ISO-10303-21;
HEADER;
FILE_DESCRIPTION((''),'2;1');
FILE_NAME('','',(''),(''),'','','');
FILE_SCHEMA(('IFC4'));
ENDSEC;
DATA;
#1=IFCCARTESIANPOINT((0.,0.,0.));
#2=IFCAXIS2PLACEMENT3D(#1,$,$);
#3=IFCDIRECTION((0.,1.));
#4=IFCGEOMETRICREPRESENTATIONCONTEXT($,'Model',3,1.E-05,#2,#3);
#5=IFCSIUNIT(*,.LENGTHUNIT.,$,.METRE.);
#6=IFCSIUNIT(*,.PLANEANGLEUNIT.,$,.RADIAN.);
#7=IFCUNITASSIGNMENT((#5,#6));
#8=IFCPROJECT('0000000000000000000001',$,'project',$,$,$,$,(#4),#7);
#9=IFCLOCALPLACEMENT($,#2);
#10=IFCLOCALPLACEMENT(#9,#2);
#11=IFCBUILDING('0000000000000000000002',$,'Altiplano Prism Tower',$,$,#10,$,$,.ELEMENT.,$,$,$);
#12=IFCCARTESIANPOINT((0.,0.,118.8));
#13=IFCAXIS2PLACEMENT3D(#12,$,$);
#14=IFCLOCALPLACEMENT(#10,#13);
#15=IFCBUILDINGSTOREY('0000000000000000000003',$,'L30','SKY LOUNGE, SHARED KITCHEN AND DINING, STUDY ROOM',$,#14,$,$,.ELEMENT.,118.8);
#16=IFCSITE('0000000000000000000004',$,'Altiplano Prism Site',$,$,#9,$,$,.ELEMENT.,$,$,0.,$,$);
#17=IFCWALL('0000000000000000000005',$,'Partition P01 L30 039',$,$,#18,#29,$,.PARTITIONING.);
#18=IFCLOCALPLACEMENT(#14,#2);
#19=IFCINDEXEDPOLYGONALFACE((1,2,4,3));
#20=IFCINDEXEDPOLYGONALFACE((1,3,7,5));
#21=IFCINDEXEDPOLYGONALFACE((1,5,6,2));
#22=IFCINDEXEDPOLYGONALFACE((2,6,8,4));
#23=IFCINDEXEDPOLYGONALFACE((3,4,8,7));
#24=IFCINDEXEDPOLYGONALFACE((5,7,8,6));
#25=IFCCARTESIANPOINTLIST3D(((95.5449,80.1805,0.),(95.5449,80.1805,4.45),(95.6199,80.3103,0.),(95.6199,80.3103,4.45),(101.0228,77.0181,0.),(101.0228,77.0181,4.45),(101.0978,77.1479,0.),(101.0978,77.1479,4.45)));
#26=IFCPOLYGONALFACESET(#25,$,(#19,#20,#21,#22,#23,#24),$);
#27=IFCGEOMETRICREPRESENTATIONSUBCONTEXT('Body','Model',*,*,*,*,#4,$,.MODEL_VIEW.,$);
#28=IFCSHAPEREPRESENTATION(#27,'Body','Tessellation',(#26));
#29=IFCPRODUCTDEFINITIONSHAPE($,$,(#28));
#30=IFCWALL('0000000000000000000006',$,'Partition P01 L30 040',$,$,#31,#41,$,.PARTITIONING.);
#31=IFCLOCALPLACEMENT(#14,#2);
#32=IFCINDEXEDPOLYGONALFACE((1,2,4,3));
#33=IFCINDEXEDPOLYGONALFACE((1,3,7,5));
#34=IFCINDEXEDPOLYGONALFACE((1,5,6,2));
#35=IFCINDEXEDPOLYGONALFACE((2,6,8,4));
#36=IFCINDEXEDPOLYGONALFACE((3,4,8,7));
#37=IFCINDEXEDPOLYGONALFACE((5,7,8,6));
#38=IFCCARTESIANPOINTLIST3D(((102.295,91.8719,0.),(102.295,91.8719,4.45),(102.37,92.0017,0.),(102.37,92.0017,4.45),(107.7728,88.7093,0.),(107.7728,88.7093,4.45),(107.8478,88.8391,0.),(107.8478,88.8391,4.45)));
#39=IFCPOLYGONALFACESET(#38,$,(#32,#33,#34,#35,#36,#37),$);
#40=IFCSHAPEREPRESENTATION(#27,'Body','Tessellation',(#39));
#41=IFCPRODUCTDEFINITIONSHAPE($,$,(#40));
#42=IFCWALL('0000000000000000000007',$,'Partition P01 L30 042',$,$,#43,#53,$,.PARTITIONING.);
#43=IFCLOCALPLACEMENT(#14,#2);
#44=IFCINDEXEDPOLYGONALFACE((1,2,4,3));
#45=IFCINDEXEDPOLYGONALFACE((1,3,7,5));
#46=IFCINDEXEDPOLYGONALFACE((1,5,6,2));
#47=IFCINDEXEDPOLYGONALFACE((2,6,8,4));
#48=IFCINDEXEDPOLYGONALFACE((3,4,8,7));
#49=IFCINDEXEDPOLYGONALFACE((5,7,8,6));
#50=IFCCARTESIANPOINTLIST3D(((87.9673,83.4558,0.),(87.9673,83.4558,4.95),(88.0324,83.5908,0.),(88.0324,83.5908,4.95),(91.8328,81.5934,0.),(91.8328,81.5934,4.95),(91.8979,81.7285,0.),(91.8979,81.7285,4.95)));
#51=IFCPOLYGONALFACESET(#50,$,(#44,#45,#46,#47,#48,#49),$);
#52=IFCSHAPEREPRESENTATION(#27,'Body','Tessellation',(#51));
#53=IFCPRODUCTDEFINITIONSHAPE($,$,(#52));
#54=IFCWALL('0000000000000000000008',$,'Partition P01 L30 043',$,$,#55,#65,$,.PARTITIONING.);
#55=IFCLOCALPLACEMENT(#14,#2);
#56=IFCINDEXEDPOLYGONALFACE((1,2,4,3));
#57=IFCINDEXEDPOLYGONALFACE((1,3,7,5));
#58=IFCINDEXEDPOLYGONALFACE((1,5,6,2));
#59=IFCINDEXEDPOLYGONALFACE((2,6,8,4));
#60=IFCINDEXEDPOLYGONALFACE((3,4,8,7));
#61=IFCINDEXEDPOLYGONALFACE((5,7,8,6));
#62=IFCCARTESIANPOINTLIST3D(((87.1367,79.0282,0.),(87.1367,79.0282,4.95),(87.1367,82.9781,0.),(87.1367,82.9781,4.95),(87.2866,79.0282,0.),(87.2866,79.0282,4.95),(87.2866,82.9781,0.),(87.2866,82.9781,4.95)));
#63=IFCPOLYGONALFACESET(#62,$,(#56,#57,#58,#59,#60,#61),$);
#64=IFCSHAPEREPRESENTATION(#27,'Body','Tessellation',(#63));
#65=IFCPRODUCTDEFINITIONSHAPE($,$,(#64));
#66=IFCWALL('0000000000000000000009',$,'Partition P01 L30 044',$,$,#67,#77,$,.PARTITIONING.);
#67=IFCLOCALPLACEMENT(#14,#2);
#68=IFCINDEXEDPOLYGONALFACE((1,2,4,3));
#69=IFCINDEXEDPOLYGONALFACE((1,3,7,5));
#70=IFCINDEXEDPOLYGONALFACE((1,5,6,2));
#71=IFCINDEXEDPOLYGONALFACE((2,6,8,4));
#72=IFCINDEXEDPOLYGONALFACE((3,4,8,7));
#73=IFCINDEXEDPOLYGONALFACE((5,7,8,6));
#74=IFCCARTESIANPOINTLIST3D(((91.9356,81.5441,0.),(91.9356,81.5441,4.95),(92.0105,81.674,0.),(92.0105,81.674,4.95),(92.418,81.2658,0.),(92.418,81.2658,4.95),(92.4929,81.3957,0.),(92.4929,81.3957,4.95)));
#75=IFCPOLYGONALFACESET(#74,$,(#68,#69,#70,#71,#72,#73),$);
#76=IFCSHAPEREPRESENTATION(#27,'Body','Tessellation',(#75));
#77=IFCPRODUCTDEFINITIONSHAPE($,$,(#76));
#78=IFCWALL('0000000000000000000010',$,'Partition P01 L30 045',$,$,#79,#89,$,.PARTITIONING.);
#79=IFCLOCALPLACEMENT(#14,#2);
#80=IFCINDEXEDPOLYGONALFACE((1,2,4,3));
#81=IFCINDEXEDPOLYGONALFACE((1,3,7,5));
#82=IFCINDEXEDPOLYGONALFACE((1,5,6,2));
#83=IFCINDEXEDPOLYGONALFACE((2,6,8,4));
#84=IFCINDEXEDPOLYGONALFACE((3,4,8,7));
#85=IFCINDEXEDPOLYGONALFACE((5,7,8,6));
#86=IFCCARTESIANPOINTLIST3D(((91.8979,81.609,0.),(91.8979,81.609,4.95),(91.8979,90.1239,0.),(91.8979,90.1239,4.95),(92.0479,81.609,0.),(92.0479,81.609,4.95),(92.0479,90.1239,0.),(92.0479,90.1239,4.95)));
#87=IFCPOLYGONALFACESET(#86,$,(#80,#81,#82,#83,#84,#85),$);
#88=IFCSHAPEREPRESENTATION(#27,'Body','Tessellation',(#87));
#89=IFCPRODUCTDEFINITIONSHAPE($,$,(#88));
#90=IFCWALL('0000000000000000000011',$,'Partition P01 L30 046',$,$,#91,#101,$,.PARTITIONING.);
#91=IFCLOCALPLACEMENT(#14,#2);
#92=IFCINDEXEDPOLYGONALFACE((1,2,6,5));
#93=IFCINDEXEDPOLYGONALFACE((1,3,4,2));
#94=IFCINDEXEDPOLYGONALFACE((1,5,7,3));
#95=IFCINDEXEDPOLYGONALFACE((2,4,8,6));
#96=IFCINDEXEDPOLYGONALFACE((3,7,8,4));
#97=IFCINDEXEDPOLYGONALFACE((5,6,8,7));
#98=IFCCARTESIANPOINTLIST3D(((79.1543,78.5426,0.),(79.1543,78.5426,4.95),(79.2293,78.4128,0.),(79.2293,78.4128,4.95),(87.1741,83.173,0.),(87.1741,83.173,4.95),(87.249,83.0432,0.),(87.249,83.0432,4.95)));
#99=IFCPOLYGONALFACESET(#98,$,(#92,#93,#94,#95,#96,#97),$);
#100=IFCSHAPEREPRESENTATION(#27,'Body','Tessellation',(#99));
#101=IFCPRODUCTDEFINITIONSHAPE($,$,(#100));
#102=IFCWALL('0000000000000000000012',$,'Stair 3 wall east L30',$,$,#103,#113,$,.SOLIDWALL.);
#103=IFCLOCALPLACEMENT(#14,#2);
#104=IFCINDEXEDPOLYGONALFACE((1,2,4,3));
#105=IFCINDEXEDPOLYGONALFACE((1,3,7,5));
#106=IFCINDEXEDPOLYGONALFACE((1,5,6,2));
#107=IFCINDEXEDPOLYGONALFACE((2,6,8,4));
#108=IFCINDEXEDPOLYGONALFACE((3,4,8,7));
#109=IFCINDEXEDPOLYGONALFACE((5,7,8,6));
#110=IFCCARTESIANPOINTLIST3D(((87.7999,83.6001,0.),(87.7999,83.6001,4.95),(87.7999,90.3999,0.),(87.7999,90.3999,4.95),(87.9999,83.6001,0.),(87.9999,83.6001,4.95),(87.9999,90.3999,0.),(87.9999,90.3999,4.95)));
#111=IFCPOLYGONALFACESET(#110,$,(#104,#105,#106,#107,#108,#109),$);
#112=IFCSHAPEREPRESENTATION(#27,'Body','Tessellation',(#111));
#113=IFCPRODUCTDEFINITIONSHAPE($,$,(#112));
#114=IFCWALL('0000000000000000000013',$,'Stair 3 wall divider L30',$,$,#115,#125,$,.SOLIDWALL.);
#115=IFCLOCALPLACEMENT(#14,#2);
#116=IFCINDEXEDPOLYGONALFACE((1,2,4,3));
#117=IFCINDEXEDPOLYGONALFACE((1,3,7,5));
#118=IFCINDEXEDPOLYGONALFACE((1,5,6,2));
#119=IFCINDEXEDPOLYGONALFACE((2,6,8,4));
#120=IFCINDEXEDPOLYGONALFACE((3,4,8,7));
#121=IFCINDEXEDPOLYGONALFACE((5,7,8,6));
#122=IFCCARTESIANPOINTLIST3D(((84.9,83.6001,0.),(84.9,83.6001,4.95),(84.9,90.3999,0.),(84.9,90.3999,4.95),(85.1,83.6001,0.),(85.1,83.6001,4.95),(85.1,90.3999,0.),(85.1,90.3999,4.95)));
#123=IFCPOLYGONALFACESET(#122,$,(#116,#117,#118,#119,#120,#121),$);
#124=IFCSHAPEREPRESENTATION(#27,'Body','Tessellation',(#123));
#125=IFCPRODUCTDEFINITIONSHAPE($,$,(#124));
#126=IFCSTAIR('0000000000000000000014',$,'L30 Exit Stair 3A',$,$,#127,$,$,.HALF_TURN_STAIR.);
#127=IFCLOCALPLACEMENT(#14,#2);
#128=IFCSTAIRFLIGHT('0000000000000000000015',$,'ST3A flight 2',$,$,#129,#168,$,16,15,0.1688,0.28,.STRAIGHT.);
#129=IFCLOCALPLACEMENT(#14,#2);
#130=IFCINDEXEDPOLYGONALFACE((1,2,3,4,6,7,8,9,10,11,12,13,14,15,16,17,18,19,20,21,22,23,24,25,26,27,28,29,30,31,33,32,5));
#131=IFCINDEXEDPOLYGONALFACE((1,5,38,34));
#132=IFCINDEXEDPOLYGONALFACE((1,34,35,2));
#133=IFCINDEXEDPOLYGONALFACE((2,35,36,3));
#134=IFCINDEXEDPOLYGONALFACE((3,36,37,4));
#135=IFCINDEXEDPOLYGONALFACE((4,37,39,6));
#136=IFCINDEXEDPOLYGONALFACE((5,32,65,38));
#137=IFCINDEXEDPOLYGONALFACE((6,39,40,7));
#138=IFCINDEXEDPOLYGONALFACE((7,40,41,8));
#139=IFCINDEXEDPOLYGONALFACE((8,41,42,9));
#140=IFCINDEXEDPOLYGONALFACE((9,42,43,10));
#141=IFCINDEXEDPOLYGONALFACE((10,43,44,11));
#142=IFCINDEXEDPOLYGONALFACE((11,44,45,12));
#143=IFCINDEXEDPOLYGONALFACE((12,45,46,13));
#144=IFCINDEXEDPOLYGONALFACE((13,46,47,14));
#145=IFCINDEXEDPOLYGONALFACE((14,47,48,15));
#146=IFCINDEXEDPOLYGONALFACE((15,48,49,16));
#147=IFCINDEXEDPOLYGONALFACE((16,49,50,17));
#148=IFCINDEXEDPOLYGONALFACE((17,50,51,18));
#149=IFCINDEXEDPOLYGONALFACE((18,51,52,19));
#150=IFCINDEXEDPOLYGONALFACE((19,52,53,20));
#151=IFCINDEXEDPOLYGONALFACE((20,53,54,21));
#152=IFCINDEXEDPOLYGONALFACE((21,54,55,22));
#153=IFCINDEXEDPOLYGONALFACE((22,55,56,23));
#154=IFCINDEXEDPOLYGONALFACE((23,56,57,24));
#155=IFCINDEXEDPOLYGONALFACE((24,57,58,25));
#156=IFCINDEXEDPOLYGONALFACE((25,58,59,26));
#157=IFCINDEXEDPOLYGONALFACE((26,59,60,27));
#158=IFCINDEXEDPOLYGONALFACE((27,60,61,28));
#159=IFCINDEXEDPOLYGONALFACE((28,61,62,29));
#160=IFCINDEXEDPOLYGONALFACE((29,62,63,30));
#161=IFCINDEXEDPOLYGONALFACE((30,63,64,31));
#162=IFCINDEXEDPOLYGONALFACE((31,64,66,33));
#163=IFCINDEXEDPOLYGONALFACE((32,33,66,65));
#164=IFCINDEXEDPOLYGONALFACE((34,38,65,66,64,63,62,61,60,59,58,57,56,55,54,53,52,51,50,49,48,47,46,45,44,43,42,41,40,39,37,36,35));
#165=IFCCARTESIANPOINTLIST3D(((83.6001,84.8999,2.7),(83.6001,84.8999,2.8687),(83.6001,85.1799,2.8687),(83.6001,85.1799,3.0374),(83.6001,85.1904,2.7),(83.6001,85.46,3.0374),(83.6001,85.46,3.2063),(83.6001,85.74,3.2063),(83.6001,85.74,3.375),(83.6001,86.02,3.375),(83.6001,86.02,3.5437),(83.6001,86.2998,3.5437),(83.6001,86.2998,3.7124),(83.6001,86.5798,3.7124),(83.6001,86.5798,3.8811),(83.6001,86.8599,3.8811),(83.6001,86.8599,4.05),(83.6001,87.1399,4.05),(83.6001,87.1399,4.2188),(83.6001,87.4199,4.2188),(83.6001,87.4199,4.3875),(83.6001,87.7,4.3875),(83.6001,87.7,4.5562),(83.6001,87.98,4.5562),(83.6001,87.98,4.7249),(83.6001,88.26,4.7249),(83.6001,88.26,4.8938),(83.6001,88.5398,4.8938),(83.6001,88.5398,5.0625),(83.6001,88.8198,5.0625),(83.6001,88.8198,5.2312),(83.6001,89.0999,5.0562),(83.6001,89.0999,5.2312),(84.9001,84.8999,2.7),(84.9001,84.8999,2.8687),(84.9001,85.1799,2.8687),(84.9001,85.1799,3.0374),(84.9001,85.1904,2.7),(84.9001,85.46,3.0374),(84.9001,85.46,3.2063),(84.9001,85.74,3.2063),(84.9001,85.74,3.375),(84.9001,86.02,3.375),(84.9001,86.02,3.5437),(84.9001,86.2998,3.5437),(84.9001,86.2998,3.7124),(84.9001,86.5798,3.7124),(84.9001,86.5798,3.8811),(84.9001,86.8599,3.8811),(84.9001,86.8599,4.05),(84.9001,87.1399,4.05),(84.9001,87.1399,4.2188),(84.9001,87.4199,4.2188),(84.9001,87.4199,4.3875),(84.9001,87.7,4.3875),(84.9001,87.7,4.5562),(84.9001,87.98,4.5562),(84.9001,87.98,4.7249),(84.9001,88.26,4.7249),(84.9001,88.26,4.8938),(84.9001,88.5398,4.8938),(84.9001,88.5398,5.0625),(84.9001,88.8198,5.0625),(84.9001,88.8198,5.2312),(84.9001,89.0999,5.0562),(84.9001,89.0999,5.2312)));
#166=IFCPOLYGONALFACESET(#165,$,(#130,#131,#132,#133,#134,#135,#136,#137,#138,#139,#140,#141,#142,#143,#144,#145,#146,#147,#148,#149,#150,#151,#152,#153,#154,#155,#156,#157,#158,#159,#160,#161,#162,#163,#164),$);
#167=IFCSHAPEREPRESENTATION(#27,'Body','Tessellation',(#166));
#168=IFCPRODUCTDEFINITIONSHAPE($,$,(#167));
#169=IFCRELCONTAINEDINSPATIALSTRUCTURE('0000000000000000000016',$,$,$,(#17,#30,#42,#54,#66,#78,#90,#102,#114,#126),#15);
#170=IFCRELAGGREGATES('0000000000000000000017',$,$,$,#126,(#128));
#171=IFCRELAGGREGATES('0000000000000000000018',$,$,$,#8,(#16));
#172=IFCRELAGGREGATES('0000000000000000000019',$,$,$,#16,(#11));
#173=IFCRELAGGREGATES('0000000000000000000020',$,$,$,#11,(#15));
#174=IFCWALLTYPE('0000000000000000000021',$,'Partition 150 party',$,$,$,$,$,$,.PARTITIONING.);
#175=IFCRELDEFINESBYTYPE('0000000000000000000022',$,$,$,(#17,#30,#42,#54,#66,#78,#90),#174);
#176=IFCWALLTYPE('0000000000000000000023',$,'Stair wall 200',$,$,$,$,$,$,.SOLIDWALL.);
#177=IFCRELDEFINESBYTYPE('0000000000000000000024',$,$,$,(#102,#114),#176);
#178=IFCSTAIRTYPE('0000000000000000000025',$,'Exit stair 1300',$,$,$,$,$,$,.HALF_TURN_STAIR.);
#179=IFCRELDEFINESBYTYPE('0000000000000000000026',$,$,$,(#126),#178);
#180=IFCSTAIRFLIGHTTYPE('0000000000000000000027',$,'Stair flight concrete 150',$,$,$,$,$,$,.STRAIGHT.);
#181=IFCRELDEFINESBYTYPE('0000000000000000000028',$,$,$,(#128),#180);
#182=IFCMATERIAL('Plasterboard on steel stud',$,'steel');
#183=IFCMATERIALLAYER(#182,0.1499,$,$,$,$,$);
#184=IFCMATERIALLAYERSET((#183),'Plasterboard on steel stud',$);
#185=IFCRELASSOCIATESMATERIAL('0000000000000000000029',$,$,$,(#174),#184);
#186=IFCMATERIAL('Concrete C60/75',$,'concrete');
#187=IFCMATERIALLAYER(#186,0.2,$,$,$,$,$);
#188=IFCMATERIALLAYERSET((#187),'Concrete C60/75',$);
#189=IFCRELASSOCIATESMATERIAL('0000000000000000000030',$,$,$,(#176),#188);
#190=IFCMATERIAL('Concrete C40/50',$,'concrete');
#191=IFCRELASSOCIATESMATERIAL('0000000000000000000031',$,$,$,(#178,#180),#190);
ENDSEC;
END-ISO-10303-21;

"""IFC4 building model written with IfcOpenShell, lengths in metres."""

from ifc_helpers import new_model, si_unit, direction, frame, frame_2d, origin, place, context, subcontext, project, spatial, polyline, rectangle, outline, extrude, material, layer, layer_set, type_object, element, aggregate, save


model = new_model("IFC4")

# Units and contexts
model_context = context("Model", 3, precision=1e-05, world=origin(), true_north=direction((0.0, 1.0)))
body_context = subcontext(model_context, "Body", "Model", "MODEL_VIEW")
ifc_project = project(units=[si_unit("LENGTHUNIT", "METRE"), si_unit("PLANEANGLEUNIT", "RADIAN")], contexts=[model_context])

# Site, building, storey
site_placement = place(None, origin())
site = spatial("IfcSite", under=ifc_project, at=site_placement, Name="Altiplano Prism Site", CompositionType="ELEMENT", RefElevation=0.0)
building_placement = place(site_placement, origin())
building = spatial("IfcBuilding", under=site, at=building_placement, Name="Altiplano Prism Tower", CompositionType="ELEMENT")
storey_placement = place(building_placement, frame((0.0, 0.0, 118.8)))
storey = spatial("IfcBuildingStorey", under=building, at=storey_placement, Name="L30", Description="SKY LOUNGE, SHARED KITCHEN AND DINING, STUDY ROOM", CompositionType="ELEMENT", Elevation=118.8)

# Shared definitions
ifc_material_1 = material(Name="Concrete C60/75", Category="concrete")

# Walls
ifc_material_2 = material(Name="Plasterboard on steel stud", Category="steel")
ifc_layer_1 = layer(ifc_material_2, 0.1499)
ifc_layer_set_1 = layer_set([ifc_layer_1], Name="Plasterboard on steel stud")
wall_type_1 = type_object("IfcWallType", Name="Partition 150 party", PredefinedType="PARTITIONING", material=ifc_layer_set_1)
for number, where, z_axis, x_axis, name in (
    (1, (101.0603, 77.083, 0.0), (0.0, 0.0, 1.0), (-0.866042, 0.499971, 0.0), "Partition P01 L30 039"),
    (2, (107.8103, 88.7742, 0.0), (0.0, 0.0, 1.0), (-0.866026, 0.5, 0.0), "Partition P01 L30 040"),
):
    element("IfcWall", number, at=place(storey_placement, frame(where, z_axis=z_axis, x_axis=x_axis)), inside=storey, type_object=wall_type_1, Name=name, PredefinedType="PARTITIONING", context=body_context, shape_type="SweptSolid", body=[
        extrude(rectangle(XDim=6.3252, YDim=0.1499, at=frame_2d((3.1626, 0.0))), origin(), (0.0, 0.0, 1.0), 4.45),
    ])
wall_1_placement = place(storey_placement, frame((91.8655, 81.6609, 0.0), z_axis=(0.0, 0.0, 1.0), x_axis=(-0.900897, 0.434033, 0.0)))
element("IfcWall", 3, at=wall_1_placement, inside=storey, type_object=wall_type_1, Name="Partition P01 L30 042", PredefinedType="PARTITIONING", context=body_context, shape_type="SweptSolid", body=[
    extrude(rectangle(XDim=4.2908, YDim=0.1499, at=frame_2d((2.1455, 0.0))), origin(), (0.0, 0.0, 1.0), 4.95),
])
wall_2_placement = place(storey_placement, frame((87.2117, 82.9783, 0.0), z_axis=(0.0, 0.0, 1.0), x_axis=(0.0, -1.0, 0.0)))
element("IfcWall", 4, at=wall_2_placement, inside=storey, type_object=wall_type_1, Name="Partition P01 L30 043", PredefinedType="PARTITIONING", context=body_context, shape_type="SweptSolid", body=[
    extrude(rectangle(XDim=3.95, YDim=0.1499, at=frame_2d((1.9751, 0.0))), origin(), (0.0, 0.0, 1.0), 4.95),
])
wall_3_placement = place(storey_placement, frame((92.4553, 81.3308, 0.0), z_axis=(0.0, 0.0, 1.0), x_axis=(-0.866186, 0.499722, 0.0)))
element("IfcWall", 5, at=wall_3_placement, inside=storey, type_object=wall_type_1, Name="Partition P01 L30 044", PredefinedType="PARTITIONING", context=body_context, shape_type="SweptSolid", body=[
    extrude(rectangle(XDim=0.5569, YDim=0.1499, at=frame_2d((0.2783, 0.0))), origin(), (0.0, 0.0, 1.0), 4.95),
])
wall_4_placement = place(storey_placement, frame((91.9729, 81.6091, 0.0), z_axis=(0.0, 0.0, 1.0), x_axis=(0.0, 1.0, 0.0)))
element("IfcWall", 6, at=wall_4_placement, inside=storey, type_object=wall_type_1, Name="Partition P01 L30 045", PredefinedType="PARTITIONING", context=body_context, shape_type="SweptSolid", body=[
    extrude(rectangle(XDim=8.5149, YDim=0.1499, at=frame_2d((4.2573, 0.0))), origin(), (0.0, 0.0, 1.0), 4.95),
])
wall_5_placement = place(storey_placement, frame((87.2117, 83.1082, 0.0), z_axis=(0.0, 0.0, 1.0), x_axis=(-0.866018, -0.500012, 0.0)))
element("IfcWall", 7, at=wall_5_placement, inside=storey, type_object=wall_type_1, Name="Partition P01 L30 046", PredefinedType="PARTITIONING", context=body_context, shape_type="SweptSolid", body=[
    extrude(rectangle(XDim=9.2605, YDim=0.1499, at=frame_2d((4.6304, 0.0))), origin(), (0.0, 0.0, 1.0), 4.95),
])
ifc_layer_2 = layer(ifc_material_1, 0.2)
ifc_layer_set_2 = layer_set([ifc_layer_2], Name="Concrete C60/75")
wall_type_2 = type_object("IfcWallType", Name="Stair wall 200", PredefinedType="SOLIDWALL", material=ifc_layer_set_2)
for number, where, z_axis, x_axis, name in (
    (8, (87.8999, 83.6001, 0.0), (0.0, 0.0, 1.0), (0.0, 1.0, 0.0), "Stair 3 wall east L30"),
    (9, (85.0, 83.6001, 0.0), (0.0, 0.0, 1.0), (0.0, 1.0, 0.0), "Stair 3 wall divider L30"),
):
    element("IfcWall", number, at=place(storey_placement, frame(where, z_axis=z_axis, x_axis=x_axis)), inside=storey, type_object=wall_type_2, Name=name, PredefinedType="SOLIDWALL", context=body_context, shape_type="SweptSolid", body=[
        extrude(rectangle(XDim=6.7998, YDim=0.2, at=frame_2d((3.3999, 0.0))), origin(), (0.0, 0.0, 1.0), 4.95),
    ])

# Stair, stair flight
ifc_material_3 = material(Name="Concrete C40/50", Category="concrete")
stair_type = type_object("IfcStairType", Name="Exit stair 1300", PredefinedType="HALF_TURN_STAIR", material=ifc_material_3)
stair_1_placement = place(storey_placement, origin())
stair_1 = element("IfcStair", 10, at=stair_1_placement, inside=storey, type_object=stair_type, Name="L30 Exit Stair 3A", PredefinedType="HALF_TURN_STAIR")
stair_flight_type = type_object("IfcStairFlightType", Name="Stair flight concrete 150", PredefinedType="STRAIGHT", material=ifc_material_3)
stair_flight_1_placement = place(storey_placement, frame((84.25, 84.8999, 2.7), z_axis=(0.0, 0.0, 1.0), x_axis=(0.0, 1.0, 0.0)))
stair_flight_1 = element("IfcStairFlight", 11, at=stair_flight_1_placement, type_object=stair_flight_type, Name="ST3A flight 2", NumberOfRisers=16, NumberOfTreads=15, PredefinedType="STRAIGHT", RiserHeight=0.1688, TreadLength=0.28, context=body_context, shape_type="SweptSolid", body=[
    extrude(outline(polyline([(0.0, 0.0), (0.0, 0.1687), (0.28, 0.1687), (0.28, 0.3374), (0.5601, 0.3374), (0.5601, 0.5063), (0.8401, 0.5063), (0.8401, 0.675), (1.1201, 0.675), (1.1201, 0.8438), (1.3999, 0.8438), (1.3999, 1.0125), (1.6799, 1.0125), (1.6799, 1.1812), (1.96, 1.1812), (1.96, 1.3501), (2.24, 1.3501), (2.24, 1.5188), (2.52, 1.5188), (2.52, 1.6875), (2.8, 1.6875), (2.8, 1.8562), (3.0801, 1.8562), (3.0801, 2.0249), (3.3601, 2.0249), (3.3601, 2.1938), (3.6399, 2.1938), (3.6399, 2.3625), (3.9199, 2.3625), (3.9199, 2.5312), (4.2, 2.5312), (4.2, 2.7), (4.2, 2.3562), (0.2905, 0.0), (0.0, 0.0)])), frame((0.0, 0.6499, 0.0), z_axis=(0.0, -1.0, 0.0), x_axis=(1.0, 0.0, 0.0)), (0.0, 0.0, 1.0), 1.3),
])
aggregate(stair_1, [stair_flight_1])

save(model, "model.ifc")
